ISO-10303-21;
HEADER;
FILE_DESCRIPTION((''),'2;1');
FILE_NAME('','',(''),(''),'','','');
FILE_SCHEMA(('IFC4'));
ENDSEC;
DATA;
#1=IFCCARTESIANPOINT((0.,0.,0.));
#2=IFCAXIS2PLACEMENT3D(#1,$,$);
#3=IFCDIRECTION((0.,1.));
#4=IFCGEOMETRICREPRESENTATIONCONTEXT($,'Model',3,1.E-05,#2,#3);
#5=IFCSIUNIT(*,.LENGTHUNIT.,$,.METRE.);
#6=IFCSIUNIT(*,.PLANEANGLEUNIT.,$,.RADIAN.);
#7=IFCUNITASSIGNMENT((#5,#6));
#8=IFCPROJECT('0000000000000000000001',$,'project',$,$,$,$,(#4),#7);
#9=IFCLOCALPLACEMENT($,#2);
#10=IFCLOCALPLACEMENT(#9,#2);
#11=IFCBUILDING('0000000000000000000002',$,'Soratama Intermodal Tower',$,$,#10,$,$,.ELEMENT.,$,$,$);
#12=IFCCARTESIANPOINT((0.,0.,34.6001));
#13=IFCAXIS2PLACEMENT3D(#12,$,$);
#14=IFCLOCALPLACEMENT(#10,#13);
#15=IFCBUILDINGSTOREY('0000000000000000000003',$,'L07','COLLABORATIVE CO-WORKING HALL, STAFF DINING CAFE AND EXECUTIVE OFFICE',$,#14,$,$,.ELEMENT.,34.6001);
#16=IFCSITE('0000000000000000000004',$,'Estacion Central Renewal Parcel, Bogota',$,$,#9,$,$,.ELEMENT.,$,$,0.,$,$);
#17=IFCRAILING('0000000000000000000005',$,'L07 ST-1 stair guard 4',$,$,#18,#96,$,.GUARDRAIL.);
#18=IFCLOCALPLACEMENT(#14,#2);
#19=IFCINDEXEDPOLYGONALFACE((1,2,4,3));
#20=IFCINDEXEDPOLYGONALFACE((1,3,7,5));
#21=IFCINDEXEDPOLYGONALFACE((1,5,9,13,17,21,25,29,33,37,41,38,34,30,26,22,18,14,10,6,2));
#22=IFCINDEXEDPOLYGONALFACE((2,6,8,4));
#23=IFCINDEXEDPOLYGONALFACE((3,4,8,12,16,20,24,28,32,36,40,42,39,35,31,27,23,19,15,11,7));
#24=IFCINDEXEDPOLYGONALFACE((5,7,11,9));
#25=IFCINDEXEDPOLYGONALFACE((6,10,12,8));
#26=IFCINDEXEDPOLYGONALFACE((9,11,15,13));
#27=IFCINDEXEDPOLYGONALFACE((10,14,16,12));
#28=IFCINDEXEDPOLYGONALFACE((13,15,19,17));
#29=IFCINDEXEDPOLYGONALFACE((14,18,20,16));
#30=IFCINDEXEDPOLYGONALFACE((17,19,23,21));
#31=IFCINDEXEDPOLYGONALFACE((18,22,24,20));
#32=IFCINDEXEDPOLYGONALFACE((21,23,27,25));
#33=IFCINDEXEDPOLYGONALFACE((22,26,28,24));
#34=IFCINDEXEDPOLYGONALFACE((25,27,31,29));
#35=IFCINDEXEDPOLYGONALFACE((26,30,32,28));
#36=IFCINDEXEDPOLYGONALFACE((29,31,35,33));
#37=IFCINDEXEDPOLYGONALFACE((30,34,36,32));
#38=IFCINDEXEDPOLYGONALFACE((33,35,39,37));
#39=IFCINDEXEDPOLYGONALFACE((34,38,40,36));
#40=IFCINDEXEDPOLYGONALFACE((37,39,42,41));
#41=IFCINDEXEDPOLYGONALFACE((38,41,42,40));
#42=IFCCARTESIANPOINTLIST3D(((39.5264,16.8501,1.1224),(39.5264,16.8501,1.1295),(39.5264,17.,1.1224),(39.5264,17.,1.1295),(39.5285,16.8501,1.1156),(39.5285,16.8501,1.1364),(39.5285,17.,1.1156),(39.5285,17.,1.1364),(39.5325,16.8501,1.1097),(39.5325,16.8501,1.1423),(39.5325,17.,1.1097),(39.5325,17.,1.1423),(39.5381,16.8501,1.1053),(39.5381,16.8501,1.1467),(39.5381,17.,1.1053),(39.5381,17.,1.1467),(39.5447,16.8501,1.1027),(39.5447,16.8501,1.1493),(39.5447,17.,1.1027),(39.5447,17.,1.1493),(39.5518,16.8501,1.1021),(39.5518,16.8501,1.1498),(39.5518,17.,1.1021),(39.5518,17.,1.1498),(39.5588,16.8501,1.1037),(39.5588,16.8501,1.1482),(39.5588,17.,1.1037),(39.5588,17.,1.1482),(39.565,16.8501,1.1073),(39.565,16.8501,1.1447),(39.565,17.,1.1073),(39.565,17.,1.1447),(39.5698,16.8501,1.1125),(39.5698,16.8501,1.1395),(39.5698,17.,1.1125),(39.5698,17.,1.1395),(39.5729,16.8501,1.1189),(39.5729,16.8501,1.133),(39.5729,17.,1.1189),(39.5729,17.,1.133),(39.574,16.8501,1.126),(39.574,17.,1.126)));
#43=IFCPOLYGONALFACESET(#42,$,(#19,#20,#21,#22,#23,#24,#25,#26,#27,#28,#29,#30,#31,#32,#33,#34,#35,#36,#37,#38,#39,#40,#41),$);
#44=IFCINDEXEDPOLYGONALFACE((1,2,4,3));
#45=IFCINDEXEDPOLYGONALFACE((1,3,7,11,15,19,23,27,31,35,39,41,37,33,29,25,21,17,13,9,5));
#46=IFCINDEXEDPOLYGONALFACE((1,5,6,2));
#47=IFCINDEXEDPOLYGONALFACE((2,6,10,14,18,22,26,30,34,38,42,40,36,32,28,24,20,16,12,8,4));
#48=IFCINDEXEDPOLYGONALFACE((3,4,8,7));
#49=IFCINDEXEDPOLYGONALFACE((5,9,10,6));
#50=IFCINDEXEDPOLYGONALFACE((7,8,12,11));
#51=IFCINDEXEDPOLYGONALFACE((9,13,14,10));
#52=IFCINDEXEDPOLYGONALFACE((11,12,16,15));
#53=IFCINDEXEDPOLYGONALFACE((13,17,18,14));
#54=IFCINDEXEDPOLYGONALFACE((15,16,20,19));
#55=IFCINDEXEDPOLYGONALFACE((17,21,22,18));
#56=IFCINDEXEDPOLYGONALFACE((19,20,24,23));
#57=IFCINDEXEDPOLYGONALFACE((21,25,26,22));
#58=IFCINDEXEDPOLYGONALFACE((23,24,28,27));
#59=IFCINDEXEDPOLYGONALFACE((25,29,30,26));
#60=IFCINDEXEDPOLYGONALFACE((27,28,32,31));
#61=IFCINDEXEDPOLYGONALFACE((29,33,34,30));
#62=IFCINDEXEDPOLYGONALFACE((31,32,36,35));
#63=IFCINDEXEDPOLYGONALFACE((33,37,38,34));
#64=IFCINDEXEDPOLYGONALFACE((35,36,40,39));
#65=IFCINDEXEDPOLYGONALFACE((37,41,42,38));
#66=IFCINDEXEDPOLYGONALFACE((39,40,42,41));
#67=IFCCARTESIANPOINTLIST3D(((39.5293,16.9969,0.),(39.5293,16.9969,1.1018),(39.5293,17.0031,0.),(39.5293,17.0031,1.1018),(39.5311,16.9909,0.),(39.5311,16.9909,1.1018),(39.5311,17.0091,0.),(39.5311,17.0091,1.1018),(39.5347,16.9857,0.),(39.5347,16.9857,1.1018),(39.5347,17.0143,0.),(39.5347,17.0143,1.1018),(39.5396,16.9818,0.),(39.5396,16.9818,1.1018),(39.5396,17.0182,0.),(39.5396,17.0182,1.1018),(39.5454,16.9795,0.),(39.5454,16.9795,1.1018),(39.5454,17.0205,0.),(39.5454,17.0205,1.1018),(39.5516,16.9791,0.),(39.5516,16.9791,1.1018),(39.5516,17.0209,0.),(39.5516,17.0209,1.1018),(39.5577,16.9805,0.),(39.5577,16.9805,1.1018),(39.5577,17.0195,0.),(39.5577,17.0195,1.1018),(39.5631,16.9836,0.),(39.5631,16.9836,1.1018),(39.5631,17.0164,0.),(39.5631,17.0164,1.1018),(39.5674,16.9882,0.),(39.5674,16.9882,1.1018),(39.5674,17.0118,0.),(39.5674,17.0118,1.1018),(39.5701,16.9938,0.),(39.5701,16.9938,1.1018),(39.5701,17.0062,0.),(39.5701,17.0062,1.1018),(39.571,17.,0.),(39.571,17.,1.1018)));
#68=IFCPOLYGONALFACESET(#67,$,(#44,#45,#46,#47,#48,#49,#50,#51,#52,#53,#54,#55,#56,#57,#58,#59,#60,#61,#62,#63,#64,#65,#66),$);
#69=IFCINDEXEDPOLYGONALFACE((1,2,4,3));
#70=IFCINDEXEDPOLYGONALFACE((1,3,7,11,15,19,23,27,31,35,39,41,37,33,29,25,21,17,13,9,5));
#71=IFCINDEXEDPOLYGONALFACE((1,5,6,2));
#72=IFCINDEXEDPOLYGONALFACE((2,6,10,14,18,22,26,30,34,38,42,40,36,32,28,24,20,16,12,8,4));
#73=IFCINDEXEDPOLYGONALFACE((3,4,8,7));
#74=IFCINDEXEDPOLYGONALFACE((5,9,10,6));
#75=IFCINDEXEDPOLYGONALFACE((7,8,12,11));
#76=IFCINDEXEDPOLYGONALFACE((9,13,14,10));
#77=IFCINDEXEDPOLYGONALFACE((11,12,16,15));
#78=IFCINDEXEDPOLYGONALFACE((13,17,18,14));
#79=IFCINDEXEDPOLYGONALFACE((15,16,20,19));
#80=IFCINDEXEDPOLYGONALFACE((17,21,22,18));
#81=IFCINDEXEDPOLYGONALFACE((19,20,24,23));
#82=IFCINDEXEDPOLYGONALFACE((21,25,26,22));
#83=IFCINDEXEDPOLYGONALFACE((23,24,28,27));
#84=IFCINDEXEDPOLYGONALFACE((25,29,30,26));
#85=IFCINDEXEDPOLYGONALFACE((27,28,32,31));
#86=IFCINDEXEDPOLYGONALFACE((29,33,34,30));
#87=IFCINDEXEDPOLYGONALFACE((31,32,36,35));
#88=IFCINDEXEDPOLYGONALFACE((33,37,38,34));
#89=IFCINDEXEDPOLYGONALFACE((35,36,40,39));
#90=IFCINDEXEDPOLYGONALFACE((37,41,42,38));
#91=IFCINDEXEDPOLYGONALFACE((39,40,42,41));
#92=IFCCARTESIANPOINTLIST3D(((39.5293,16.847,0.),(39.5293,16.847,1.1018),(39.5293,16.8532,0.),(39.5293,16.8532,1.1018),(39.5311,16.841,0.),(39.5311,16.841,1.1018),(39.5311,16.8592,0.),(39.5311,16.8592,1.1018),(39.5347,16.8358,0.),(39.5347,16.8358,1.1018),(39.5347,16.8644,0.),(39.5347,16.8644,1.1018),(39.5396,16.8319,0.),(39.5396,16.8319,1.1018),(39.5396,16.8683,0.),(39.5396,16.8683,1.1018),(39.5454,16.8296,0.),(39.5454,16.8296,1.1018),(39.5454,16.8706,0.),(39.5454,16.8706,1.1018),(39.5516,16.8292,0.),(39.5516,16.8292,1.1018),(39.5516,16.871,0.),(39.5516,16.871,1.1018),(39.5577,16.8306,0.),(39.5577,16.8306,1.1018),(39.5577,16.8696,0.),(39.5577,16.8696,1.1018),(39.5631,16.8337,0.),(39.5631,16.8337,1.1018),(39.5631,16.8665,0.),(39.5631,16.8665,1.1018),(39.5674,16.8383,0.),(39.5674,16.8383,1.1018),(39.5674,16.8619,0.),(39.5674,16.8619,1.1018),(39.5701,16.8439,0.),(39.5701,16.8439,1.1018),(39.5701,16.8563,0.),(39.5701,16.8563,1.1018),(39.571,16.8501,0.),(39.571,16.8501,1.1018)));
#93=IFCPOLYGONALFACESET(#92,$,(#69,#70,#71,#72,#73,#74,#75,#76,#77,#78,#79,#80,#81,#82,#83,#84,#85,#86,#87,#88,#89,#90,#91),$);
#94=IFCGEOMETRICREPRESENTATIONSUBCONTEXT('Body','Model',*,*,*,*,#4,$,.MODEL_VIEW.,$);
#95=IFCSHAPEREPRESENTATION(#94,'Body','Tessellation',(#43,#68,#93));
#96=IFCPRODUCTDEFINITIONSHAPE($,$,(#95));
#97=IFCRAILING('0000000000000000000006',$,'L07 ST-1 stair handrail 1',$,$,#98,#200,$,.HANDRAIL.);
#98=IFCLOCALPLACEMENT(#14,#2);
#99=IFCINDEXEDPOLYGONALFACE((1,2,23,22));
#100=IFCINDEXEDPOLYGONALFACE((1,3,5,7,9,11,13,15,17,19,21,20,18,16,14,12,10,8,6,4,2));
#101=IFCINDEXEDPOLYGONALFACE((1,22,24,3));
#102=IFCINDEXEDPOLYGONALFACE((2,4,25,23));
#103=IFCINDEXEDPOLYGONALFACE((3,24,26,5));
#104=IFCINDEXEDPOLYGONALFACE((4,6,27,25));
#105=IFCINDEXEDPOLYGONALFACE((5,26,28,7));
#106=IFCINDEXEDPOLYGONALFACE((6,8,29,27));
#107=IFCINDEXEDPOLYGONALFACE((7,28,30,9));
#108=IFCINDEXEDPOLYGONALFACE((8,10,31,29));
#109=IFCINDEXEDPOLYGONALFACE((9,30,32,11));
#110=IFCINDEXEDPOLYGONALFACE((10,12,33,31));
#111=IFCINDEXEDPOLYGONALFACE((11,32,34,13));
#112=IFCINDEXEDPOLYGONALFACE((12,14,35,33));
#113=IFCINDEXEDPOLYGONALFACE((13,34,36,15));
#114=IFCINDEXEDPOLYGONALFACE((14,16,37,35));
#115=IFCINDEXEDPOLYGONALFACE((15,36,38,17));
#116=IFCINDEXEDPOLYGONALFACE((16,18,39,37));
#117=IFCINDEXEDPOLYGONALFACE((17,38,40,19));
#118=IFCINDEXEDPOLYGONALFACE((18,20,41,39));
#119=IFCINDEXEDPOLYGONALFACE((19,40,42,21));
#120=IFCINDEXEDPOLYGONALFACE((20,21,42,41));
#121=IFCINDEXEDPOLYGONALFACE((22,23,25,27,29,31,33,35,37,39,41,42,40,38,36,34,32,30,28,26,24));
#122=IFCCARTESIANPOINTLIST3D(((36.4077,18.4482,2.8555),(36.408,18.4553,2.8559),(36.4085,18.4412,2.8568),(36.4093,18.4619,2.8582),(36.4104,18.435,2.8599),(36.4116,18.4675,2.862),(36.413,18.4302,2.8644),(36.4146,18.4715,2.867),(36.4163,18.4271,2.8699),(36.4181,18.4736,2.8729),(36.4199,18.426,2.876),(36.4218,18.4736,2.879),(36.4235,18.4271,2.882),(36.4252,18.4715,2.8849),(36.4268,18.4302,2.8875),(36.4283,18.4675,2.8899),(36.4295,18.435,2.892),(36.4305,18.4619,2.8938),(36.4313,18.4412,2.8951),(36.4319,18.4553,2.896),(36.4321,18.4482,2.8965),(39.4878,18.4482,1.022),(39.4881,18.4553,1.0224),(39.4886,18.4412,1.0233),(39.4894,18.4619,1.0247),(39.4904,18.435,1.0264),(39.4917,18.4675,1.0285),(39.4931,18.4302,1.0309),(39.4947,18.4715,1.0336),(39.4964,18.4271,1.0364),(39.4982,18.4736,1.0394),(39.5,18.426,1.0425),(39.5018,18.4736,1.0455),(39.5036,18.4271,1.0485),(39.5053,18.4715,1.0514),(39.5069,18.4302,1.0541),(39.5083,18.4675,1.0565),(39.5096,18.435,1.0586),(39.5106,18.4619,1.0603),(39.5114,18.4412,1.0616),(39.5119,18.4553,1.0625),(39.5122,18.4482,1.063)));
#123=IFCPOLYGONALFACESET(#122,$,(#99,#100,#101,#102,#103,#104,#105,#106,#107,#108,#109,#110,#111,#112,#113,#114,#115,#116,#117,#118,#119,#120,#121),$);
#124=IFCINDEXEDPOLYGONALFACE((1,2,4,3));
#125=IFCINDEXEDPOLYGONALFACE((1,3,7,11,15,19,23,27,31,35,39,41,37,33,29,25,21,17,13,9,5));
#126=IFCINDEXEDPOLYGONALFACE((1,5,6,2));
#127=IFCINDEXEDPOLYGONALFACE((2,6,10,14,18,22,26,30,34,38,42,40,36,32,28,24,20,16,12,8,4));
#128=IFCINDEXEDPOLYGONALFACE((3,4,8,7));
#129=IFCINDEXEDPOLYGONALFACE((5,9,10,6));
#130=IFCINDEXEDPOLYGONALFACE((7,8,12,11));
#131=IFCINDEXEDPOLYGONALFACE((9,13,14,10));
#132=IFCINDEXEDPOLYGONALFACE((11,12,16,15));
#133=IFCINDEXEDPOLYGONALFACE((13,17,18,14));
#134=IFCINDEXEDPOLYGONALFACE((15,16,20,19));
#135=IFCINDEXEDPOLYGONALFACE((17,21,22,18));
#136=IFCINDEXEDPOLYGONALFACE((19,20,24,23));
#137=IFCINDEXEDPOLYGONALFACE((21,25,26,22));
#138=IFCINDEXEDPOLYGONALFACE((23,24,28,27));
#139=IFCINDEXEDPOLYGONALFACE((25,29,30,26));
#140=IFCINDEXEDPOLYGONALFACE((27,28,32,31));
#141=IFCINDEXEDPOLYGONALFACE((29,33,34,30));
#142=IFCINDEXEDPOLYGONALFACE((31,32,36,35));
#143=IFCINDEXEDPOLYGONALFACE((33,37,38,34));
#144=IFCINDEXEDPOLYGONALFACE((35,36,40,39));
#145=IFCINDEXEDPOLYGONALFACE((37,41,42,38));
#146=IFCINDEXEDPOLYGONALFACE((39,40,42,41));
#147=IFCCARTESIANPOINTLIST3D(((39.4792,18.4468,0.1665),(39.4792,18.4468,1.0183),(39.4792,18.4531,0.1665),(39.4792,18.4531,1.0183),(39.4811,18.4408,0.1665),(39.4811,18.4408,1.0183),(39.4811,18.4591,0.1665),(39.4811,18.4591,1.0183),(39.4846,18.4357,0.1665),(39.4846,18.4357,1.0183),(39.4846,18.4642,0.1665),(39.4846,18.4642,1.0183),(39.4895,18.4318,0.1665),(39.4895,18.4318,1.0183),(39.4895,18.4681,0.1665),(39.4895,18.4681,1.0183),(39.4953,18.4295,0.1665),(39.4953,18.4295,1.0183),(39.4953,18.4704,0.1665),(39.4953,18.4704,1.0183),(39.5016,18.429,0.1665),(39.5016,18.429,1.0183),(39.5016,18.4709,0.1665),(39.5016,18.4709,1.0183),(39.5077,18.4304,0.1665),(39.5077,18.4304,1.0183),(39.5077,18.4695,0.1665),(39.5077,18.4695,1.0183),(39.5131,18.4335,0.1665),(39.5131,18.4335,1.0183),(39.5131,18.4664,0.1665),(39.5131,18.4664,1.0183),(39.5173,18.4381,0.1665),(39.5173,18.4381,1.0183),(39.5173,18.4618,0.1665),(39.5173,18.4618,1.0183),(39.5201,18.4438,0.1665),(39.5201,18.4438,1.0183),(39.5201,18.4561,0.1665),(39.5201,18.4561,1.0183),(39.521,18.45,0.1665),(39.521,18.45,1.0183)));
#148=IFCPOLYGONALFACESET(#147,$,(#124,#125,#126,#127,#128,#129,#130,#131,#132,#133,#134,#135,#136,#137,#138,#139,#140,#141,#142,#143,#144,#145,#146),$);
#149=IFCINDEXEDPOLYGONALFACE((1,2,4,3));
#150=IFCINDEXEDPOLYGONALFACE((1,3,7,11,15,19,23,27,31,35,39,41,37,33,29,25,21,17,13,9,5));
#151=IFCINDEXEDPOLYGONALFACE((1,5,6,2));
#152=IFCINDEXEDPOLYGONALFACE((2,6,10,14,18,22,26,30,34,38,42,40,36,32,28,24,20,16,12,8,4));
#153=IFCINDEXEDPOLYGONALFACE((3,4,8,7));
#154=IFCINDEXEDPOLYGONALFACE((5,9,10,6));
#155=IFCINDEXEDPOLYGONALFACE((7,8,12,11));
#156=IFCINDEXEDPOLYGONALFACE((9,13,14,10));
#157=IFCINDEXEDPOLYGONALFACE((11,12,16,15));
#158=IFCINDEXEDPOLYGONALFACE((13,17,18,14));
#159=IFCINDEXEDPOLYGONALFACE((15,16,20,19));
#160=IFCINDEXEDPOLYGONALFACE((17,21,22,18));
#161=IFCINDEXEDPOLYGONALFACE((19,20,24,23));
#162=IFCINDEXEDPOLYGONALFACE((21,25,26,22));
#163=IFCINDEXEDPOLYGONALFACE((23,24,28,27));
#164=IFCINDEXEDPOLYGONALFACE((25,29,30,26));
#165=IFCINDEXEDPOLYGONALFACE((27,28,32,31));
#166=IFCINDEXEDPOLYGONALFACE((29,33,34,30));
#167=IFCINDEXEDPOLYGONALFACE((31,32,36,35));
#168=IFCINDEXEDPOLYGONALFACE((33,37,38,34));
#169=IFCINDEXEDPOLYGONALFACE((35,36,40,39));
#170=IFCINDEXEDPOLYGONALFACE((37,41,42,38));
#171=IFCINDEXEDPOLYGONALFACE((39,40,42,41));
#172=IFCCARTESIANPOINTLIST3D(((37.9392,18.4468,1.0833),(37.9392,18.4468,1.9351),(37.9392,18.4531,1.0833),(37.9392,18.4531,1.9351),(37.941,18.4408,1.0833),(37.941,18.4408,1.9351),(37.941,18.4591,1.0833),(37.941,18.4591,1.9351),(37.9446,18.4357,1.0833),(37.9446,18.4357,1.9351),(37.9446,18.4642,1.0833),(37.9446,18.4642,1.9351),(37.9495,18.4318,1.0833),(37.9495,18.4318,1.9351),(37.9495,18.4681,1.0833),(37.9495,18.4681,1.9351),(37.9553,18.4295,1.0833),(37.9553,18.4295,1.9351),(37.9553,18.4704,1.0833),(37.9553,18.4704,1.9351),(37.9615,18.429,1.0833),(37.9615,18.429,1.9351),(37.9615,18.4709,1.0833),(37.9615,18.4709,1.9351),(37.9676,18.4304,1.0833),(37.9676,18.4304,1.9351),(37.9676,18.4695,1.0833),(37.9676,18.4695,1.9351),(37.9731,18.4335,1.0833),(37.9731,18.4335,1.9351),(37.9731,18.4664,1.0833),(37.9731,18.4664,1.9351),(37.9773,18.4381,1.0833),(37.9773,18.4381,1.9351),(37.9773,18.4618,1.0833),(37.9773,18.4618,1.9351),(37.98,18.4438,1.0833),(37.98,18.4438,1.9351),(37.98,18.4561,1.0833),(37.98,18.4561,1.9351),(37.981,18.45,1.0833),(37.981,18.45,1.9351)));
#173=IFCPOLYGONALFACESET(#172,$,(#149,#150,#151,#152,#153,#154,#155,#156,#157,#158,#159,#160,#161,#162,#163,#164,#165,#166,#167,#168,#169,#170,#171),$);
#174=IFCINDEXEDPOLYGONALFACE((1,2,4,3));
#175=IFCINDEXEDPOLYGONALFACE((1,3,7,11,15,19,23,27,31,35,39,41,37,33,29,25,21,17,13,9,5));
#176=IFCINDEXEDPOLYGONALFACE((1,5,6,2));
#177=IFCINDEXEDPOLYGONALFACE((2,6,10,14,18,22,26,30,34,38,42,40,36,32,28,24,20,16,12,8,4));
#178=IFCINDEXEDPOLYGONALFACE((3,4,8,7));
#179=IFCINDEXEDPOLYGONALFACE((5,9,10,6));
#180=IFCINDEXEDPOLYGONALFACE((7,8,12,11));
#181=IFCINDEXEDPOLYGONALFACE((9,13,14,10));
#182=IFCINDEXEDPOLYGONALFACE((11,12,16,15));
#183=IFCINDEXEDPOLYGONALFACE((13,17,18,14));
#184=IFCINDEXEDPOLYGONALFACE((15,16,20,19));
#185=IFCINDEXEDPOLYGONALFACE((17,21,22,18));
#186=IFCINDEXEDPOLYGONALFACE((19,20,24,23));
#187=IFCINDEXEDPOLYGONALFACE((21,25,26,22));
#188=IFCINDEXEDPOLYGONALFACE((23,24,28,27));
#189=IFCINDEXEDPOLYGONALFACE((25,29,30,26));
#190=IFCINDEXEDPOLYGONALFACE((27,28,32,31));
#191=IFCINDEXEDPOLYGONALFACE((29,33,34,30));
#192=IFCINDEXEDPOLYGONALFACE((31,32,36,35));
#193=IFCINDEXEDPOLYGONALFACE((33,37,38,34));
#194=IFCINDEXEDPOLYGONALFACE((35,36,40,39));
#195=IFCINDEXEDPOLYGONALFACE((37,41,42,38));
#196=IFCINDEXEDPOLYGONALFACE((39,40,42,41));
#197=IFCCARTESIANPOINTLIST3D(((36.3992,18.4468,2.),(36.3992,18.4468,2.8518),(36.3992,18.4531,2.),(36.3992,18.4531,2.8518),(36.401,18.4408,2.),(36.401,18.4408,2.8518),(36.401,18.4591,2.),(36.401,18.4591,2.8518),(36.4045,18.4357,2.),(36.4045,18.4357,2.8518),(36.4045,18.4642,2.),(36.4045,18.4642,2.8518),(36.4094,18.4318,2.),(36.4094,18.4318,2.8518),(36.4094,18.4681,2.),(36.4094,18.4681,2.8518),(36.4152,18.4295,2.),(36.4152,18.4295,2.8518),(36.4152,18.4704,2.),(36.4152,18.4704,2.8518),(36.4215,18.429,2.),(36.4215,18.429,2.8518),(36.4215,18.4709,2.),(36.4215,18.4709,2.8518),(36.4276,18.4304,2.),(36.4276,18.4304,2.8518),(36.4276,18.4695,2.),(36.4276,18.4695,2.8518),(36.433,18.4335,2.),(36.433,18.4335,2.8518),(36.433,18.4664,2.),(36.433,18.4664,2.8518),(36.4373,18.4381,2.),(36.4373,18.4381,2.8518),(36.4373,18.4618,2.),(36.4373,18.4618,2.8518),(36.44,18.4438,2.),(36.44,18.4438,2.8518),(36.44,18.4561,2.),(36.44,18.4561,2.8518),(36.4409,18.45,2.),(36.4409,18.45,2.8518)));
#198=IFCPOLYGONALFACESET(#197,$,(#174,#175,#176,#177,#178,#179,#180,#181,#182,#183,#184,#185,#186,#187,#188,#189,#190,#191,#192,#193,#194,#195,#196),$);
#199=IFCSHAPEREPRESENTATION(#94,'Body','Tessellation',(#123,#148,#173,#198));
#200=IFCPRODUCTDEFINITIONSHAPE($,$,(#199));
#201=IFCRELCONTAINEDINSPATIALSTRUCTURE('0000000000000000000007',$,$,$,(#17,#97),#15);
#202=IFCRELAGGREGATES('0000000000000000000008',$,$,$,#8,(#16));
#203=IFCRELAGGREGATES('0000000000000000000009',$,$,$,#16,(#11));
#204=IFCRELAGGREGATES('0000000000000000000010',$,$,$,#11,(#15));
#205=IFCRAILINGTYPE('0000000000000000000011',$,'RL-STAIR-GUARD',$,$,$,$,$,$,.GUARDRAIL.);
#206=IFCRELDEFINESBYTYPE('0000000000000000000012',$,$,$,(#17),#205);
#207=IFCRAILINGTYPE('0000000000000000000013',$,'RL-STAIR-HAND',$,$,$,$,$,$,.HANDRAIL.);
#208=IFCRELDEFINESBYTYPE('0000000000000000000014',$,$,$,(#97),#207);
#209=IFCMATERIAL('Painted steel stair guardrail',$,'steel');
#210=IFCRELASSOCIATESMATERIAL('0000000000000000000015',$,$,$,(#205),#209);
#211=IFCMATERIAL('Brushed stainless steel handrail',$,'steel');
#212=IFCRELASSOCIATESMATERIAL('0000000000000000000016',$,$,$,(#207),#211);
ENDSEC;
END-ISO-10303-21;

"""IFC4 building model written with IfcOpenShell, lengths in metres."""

from ifc_helpers import new_model, si_unit, direction, frame, origin, origin_2d, place, context, subcontext, project, spatial, circle, extrude, material, type_object, element, save


model = new_model("IFC4")

# Units and contexts
model_context = context("Model", 3, precision=1e-05, world=origin(), true_north=direction((0.0, 1.0)))
body_context = subcontext(model_context, "Body", "Model", "MODEL_VIEW")
ifc_project = project(units=[si_unit("LENGTHUNIT", "METRE"), si_unit("PLANEANGLEUNIT", "RADIAN")], contexts=[model_context])

# Site, building, storey
site_placement = place(None, origin())
site = spatial("IfcSite", under=ifc_project, at=site_placement, Name="Estacion Central Renewal Parcel, Bogota", CompositionType="ELEMENT", RefElevation=0.0)
building_placement = place(site_placement, origin())
building = spatial("IfcBuilding", under=site, at=building_placement, Name="Soratama Intermodal Tower", CompositionType="ELEMENT")
storey_placement = place(building_placement, frame((0.0, 0.0, 34.6001)))
storey = spatial("IfcBuildingStorey", under=building, at=storey_placement, Name="L07", Description="COLLABORATIVE CO-WORKING HALL, STAFF DINING CAFE AND EXECUTIVE OFFICE", CompositionType="ELEMENT", Elevation=34.6001)

# Railings
ifc_material_1 = material(Name="Painted steel stair guardrail", Category="steel")
railing_type_1 = type_object("IfcRailingType", Name="RL-STAIR-GUARD", PredefinedType="GUARDRAIL", material=ifc_material_1)
railing_1_placement = place(storey_placement, frame((39.55, 17.0, 0.0)))
element("IfcRailing", 1, at=railing_1_placement, inside=storey, type_object=railing_type_1, Name="L07 ST-1 stair guard 4", PredefinedType="GUARDRAIL", context=body_context, shape_type="SweptSolid", body=[
    extrude(circle(Radius=0.0239, at=origin_2d()), frame((0.0, 0.0, 1.126), z_axis=(0.0, -1.0, 0.0), x_axis=(1.0, 0.0, 0.0)), (0.0, 0.0, 1.0), 0.1499),
    extrude(circle(Radius=0.021, at=origin_2d()), origin(), (0.0, 0.0, 1.0), 1.1018),
    extrude(circle(Radius=0.021, at=origin_2d()), frame((0.0, -0.1499, 0.0)), (0.0, 0.0, 1.0), 1.1018),
])
ifc_material_2 = material(Name="Brushed stainless steel handrail", Category="steel")
railing_type_2 = type_object("IfcRailingType", Name="RL-STAIR-HAND", PredefinedType="HANDRAIL", material=ifc_material_2)
railing_2_placement = place(storey_placement, frame((39.5, 18.45, 0.1665)))
element("IfcRailing", 2, at=railing_2_placement, inside=storey, type_object=railing_type_2, Name="L07 ST-1 stair handrail 1", PredefinedType="HANDRAIL", context=body_context, shape_type="SweptSolid", body=[
    extrude(circle(Radius=0.0239, at=origin_2d()), frame((0.0, 0.0, 0.876), z_axis=(-0.859279, 0.0, 0.511508), x_axis=(0.0, -1.0, 0.0)), (0.0, 0.0, 1.0), 3.5845),
    extrude(circle(Radius=0.021, at=origin_2d()), origin(), (0.0, 0.0, 1.0), 0.8518),
    extrude(circle(Radius=0.021, at=origin_2d()), frame((-1.54, 0.0, 0.9167)), (0.0, 0.0, 1.0), 0.8518),
    extrude(circle(Radius=0.021, at=origin_2d()), frame((-3.0801, 0.0, 1.8335)), (0.0, 0.0, 1.0), 0.8518),
])

save(model, "model.ifc")
